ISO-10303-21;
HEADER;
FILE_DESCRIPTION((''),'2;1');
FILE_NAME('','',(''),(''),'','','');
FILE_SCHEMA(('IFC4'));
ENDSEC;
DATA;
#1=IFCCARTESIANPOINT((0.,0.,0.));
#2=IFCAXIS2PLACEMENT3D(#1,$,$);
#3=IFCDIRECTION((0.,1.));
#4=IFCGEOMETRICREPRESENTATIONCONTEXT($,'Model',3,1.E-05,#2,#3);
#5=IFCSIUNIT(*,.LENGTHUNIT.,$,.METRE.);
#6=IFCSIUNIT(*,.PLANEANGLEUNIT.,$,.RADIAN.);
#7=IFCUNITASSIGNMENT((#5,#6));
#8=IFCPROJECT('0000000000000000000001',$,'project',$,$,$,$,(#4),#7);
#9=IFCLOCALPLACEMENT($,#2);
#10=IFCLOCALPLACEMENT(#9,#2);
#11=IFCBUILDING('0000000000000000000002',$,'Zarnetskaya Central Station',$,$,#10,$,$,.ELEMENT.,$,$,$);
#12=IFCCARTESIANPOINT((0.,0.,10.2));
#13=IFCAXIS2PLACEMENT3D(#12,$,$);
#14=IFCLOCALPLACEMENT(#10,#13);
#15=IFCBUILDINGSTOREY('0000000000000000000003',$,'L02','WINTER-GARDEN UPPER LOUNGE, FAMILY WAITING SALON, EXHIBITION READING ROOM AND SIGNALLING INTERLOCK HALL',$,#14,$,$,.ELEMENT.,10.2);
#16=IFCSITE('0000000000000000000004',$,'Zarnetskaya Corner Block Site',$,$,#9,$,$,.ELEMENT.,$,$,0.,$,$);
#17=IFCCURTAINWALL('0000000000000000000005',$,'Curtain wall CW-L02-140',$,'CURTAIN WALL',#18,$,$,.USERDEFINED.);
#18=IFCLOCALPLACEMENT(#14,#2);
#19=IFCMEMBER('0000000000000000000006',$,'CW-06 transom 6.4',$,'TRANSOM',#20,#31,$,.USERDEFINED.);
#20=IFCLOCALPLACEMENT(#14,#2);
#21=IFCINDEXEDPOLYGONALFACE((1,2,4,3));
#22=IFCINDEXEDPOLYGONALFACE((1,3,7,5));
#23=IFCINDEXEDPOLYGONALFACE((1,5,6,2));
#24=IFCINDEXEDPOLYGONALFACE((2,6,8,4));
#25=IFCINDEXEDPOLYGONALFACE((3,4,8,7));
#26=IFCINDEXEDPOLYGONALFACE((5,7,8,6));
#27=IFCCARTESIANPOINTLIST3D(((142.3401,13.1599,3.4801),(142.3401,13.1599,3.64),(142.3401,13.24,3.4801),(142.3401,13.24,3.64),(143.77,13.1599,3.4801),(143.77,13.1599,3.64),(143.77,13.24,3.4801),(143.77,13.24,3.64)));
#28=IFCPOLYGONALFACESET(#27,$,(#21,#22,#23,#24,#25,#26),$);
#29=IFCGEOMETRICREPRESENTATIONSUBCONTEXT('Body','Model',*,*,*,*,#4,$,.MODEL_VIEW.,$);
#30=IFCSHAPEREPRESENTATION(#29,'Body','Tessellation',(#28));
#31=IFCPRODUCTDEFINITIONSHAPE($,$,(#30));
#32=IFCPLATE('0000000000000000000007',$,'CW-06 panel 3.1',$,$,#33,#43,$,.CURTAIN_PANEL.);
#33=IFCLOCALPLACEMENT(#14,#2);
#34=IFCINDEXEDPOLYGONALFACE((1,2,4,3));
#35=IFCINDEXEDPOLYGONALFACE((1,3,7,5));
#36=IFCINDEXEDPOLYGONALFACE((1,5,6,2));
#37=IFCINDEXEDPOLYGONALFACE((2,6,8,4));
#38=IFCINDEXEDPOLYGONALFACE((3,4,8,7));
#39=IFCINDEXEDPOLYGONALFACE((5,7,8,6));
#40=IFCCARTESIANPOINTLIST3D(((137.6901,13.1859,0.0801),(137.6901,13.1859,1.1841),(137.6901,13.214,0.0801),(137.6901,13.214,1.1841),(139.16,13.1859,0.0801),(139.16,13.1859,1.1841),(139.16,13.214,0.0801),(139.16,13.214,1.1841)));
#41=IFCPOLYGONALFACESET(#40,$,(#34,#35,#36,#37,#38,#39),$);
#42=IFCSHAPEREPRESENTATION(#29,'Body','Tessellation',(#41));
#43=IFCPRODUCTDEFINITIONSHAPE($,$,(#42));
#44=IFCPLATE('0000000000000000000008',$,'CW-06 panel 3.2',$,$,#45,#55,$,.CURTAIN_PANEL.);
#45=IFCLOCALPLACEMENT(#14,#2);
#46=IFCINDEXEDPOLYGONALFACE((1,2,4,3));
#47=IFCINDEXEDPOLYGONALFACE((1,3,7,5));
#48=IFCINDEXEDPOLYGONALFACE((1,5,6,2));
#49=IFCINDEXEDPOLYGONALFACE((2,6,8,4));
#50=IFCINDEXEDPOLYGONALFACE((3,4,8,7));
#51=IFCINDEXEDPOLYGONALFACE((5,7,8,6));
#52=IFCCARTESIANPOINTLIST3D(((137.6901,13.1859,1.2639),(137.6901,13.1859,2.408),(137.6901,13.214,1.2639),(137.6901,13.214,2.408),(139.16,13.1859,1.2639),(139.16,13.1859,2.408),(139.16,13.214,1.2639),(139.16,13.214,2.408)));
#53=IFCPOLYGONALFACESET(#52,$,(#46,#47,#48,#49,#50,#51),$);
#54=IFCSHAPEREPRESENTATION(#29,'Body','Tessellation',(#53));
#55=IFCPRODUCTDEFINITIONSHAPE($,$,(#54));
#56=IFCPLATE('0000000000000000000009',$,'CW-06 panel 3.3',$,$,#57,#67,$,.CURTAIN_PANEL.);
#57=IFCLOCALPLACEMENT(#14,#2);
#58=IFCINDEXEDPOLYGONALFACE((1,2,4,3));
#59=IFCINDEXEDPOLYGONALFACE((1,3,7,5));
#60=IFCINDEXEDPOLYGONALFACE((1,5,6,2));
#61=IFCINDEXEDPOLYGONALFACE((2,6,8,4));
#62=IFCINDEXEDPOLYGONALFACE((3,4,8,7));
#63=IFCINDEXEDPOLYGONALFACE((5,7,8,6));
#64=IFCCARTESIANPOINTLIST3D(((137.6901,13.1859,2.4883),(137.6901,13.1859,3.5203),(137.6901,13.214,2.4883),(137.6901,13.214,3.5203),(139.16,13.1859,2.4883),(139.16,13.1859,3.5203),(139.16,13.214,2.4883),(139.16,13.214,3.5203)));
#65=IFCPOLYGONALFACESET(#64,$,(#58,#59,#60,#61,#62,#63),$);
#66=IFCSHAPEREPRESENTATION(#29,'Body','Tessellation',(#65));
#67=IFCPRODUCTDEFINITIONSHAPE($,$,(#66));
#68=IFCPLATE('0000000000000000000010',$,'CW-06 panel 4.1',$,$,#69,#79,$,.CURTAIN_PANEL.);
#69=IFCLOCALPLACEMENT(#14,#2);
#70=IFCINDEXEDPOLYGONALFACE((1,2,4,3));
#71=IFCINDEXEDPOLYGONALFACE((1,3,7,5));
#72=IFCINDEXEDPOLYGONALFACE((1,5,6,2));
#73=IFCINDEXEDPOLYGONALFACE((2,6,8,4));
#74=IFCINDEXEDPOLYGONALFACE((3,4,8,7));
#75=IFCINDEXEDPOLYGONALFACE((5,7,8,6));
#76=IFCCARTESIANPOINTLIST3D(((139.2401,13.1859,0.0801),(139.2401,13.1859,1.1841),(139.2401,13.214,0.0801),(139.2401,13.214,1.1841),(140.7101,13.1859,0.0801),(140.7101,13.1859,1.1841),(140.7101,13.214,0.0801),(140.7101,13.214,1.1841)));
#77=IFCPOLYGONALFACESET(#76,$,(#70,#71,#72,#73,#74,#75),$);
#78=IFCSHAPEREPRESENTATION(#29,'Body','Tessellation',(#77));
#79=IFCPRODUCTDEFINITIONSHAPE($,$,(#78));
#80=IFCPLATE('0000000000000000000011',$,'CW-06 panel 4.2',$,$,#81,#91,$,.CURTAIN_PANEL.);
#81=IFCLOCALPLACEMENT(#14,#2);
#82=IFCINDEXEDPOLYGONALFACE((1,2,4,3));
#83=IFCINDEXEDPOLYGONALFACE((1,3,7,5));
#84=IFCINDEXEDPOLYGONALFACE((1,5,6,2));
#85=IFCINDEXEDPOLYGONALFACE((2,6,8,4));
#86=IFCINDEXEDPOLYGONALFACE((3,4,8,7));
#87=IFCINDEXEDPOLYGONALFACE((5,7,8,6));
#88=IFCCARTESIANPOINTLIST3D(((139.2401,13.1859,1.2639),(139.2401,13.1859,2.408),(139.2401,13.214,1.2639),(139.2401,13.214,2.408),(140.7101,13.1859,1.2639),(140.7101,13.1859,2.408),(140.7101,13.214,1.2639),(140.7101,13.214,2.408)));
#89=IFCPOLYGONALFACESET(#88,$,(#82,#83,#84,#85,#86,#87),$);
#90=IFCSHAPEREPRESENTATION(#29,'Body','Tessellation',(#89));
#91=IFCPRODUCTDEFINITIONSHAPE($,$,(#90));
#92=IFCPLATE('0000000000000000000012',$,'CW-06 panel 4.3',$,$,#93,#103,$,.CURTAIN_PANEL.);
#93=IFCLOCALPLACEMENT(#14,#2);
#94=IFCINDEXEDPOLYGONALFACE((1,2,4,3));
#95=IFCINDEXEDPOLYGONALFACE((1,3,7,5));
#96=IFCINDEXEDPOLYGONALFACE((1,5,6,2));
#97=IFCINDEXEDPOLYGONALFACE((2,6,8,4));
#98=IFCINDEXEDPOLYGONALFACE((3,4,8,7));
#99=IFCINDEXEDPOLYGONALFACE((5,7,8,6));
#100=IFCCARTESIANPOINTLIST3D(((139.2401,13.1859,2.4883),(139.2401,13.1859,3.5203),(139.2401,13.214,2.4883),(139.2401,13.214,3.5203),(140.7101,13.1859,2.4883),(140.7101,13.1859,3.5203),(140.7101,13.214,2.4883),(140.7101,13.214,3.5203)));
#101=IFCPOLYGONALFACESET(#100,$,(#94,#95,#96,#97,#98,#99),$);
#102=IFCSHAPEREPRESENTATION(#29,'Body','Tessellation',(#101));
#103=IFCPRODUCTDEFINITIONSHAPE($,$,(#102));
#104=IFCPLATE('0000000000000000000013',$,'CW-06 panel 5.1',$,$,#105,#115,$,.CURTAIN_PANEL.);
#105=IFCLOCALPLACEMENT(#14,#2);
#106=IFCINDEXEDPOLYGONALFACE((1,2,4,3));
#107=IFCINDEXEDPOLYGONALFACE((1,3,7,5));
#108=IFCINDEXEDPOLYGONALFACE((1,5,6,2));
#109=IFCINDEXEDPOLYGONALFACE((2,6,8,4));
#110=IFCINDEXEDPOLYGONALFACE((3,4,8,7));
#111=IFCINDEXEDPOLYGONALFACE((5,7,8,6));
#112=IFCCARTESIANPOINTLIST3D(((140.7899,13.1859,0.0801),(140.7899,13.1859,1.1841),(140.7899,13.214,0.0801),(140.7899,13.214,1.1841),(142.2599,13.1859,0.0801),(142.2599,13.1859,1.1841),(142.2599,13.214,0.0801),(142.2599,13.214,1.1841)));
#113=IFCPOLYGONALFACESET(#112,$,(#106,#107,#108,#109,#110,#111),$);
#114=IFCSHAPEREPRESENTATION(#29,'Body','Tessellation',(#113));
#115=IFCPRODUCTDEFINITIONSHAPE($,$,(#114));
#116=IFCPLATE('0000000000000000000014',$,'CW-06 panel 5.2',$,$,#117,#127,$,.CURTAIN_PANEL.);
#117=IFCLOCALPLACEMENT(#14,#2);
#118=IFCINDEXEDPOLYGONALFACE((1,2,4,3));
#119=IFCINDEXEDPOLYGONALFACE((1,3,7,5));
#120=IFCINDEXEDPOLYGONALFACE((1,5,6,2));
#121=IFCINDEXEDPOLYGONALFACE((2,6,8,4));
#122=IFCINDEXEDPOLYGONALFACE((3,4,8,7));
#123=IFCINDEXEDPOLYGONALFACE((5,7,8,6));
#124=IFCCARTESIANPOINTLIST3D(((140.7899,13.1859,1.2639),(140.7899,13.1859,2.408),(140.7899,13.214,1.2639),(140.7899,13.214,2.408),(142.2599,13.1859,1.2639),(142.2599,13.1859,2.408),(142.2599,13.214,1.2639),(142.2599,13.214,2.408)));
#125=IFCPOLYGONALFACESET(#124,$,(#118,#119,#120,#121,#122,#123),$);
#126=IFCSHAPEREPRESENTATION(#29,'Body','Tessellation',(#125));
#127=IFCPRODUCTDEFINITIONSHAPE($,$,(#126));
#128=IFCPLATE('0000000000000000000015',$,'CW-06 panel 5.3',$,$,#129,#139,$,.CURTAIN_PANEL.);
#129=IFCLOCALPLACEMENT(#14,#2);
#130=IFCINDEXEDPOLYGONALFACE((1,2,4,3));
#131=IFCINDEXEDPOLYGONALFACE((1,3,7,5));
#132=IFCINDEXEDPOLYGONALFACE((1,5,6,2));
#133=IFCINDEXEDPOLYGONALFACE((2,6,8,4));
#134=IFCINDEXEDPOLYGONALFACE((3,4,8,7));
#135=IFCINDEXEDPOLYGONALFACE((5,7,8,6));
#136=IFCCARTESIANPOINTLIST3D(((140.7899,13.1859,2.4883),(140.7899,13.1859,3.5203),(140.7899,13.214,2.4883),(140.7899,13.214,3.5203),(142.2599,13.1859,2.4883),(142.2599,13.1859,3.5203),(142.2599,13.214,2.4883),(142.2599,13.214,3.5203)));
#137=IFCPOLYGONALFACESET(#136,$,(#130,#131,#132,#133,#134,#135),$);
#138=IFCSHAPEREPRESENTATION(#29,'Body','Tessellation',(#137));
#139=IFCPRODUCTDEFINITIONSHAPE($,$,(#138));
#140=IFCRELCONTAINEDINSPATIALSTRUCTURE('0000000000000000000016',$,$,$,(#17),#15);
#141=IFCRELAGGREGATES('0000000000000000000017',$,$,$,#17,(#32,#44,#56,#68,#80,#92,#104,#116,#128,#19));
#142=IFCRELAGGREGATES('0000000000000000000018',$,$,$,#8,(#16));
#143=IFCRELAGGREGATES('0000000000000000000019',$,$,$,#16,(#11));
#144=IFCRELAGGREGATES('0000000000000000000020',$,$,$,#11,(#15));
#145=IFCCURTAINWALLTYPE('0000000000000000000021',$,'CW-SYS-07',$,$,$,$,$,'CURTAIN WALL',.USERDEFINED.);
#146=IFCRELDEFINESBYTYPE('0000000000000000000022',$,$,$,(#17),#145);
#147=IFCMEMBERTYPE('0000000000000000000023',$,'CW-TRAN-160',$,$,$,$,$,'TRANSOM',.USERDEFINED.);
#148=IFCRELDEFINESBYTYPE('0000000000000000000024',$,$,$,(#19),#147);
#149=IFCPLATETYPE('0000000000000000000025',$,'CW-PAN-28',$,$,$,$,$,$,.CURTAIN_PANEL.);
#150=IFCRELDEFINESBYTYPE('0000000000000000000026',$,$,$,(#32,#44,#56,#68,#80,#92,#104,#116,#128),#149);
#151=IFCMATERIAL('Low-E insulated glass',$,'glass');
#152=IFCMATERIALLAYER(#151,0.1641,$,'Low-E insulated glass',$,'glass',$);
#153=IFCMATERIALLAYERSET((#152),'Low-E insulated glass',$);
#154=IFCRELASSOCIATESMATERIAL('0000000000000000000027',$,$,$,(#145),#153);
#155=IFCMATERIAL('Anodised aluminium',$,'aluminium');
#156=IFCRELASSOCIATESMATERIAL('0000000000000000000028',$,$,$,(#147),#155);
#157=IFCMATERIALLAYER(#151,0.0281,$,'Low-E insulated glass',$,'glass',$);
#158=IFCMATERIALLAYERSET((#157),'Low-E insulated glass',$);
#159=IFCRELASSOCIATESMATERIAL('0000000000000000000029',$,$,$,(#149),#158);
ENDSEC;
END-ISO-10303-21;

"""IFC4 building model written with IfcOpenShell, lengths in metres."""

from ifc_helpers import new_model, si_unit, direction, frame, origin, origin_2d, place, context, subcontext, project, spatial, rectangle, extrude, material, layer, layer_set, material_profile, profile_set, type_object, element, aggregate, save


model = new_model("IFC4")

# Units and contexts
model_context = context("Model", 3, precision=1e-05, world=origin(), true_north=direction((0.0, 1.0)))
body_context = subcontext(model_context, "Body", "Model", "MODEL_VIEW")
ifc_project = project(units=[si_unit("LENGTHUNIT", "METRE"), si_unit("PLANEANGLEUNIT", "RADIAN")], contexts=[model_context])

# Site, building, storey
site_placement = place(None, origin())
site = spatial("IfcSite", under=ifc_project, at=site_placement, Name="Zarnetskaya Corner Block Site", CompositionType="ELEMENT", RefElevation=0.0)
building_placement = place(site_placement, origin())
building = spatial("IfcBuilding", under=site, at=building_placement, Name="Zarnetskaya Central Station", CompositionType="ELEMENT")
storey_placement = place(building_placement, frame((0.0, 0.0, 10.2)))
storey = spatial("IfcBuildingStorey", under=building, at=storey_placement, Name="L02", Description="WINTER-GARDEN UPPER LOUNGE, FAMILY WAITING SALON, EXHIBITION READING ROOM AND SIGNALLING INTERLOCK HALL", CompositionType="ELEMENT", Elevation=10.2)

# Curtain wall, member, plates
ifc_material_1 = material(Name="Low-E insulated glass", Category="glass")
ifc_layer_1 = layer(ifc_material_1, 0.1641, Name="Low-E insulated glass", Category="glass")
ifc_layer_set_1 = layer_set([ifc_layer_1], Name="Low-E insulated glass")
curtain_wall_type = type_object("IfcCurtainWallType", Name="CW-SYS-07", ElementType="CURTAIN WALL", PredefinedType="USERDEFINED", material=ifc_layer_set_1)
curtain_wall_placement = place(storey_placement, origin())
curtain_wall = element("IfcCurtainWall", 1, at=curtain_wall_placement, inside=storey, type_object=curtain_wall_type, Name="Curtain wall CW-L02-140", ObjectType="CURTAIN WALL", PredefinedType="USERDEFINED")
ifc_material_2 = material(Name="Anodised aluminium", Category="aluminium")
ifc_material_profile_1 = material_profile(ifc_material_2, rectangle(XDim=0.0801, YDim=0.1599, at=origin_2d()), Name="ALU TRAN 80x160")
ifc_profile_set_1 = profile_set([ifc_material_profile_1], Name="Anodised aluminium")
member_type_1 = type_object("IfcMemberType", Name="CW-TRAN-160", ElementType="TRANSOM", PredefinedType="USERDEFINED", material=ifc_profile_set_1)
member_1_placement = place(storey_placement, frame((142.3401, 13.2, 3.5601), z_axis=(1.0, 0.0, 0.0), x_axis=(0.0, 1.0, 0.0)))
member_1 = element("IfcMember", 2, at=member_1_placement, type_object=member_type_1, Name="CW-06 transom 6.4", ObjectType="TRANSOM", PredefinedType="USERDEFINED", context=body_context, shape_type="SweptSolid", body=[
    extrude(rectangle(XDim=0.0801, YDim=0.1599, at=origin_2d()), origin(), (0.0, 0.0, 1.0), 1.4299),
])
ifc_layer_2 = layer(ifc_material_1, 0.0281, Name="Low-E insulated glass", Category="glass")
ifc_layer_set_2 = layer_set([ifc_layer_2], Name="Low-E insulated glass")
plate_type = type_object("IfcPlateType", Name="CW-PAN-28", PredefinedType="CURTAIN_PANEL", material=ifc_layer_set_2)
plate_1_placement = place(storey_placement, frame((138.425, 13.2, 0.0801), z_axis=(0.0, 0.0, 1.0), x_axis=(1.0, 0.0, 0.0)))
plate_1 = element("IfcPlate", 3, at=plate_1_placement, type_object=plate_type, Name="CW-06 panel 3.1", PredefinedType="CURTAIN_PANEL", context=body_context, shape_type="SweptSolid", body=[
    extrude(rectangle(XDim=1.47, YDim=0.0281, at=origin_2d()), origin(), (0.0, 0.0, 1.0), 1.104),
])
plate_2_placement = place(storey_placement, frame((138.425, 13.2, 1.2639), z_axis=(0.0, 0.0, 1.0), x_axis=(1.0, 0.0, 0.0)))
plate_2 = element("IfcPlate", 4, at=plate_2_placement, type_object=plate_type, Name="CW-06 panel 3.2", PredefinedType="CURTAIN_PANEL", context=body_context, shape_type="SweptSolid", body=[
    extrude(rectangle(XDim=1.47, YDim=0.0281, at=origin_2d()), origin(), (0.0, 0.0, 1.0), 1.144),
])
plate_3_placement = place(storey_placement, frame((138.425, 13.2, 2.4883), z_axis=(0.0, 0.0, 1.0), x_axis=(1.0, 0.0, 0.0)))
plate_3 = element("IfcPlate", 5, at=plate_3_placement, type_object=plate_type, Name="CW-06 panel 3.3", PredefinedType="CURTAIN_PANEL", context=body_context, shape_type="SweptSolid", body=[
    extrude(rectangle(XDim=1.47, YDim=0.0281, at=origin_2d()), origin(), (0.0, 0.0, 1.0), 1.032),
])
plate_4_placement = place(storey_placement, frame((139.9751, 13.2, 0.0801), z_axis=(0.0, 0.0, 1.0), x_axis=(1.0, 0.0, 0.0)))
plate_4 = element("IfcPlate", 6, at=plate_4_placement, type_object=plate_type, Name="CW-06 panel 4.1", PredefinedType="CURTAIN_PANEL", context=body_context, shape_type="SweptSolid", body=[
    extrude(rectangle(XDim=1.47, YDim=0.0281, at=origin_2d()), origin(), (0.0, 0.0, 1.0), 1.104),
])
plate_5_placement = place(storey_placement, frame((139.9751, 13.2, 1.2639), z_axis=(0.0, 0.0, 1.0), x_axis=(1.0, 0.0, 0.0)))
plate_5 = element("IfcPlate", 7, at=plate_5_placement, type_object=plate_type, Name="CW-06 panel 4.2", PredefinedType="CURTAIN_PANEL", context=body_context, shape_type="SweptSolid", body=[
    extrude(rectangle(XDim=1.47, YDim=0.0281, at=origin_2d()), origin(), (0.0, 0.0, 1.0), 1.144),
])
plate_6_placement = place(storey_placement, frame((139.9751, 13.2, 2.4883), z_axis=(0.0, 0.0, 1.0), x_axis=(1.0, 0.0, 0.0)))
plate_6 = element("IfcPlate", 8, at=plate_6_placement, type_object=plate_type, Name="CW-06 panel 4.3", PredefinedType="CURTAIN_PANEL", context=body_context, shape_type="SweptSolid", body=[
    extrude(rectangle(XDim=1.47, YDim=0.0281, at=origin_2d()), origin(), (0.0, 0.0, 1.0), 1.032),
])
plate_7_placement = place(storey_placement, frame((141.5249, 13.2, 0.0801), z_axis=(0.0, 0.0, 1.0), x_axis=(1.0, 0.0, 0.0)))
plate_7 = element("IfcPlate", 9, at=plate_7_placement, type_object=plate_type, Name="CW-06 panel 5.1", PredefinedType="CURTAIN_PANEL", context=body_context, shape_type="SweptSolid", body=[
    extrude(rectangle(XDim=1.47, YDim=0.0281, at=origin_2d()), origin(), (0.0, 0.0, 1.0), 1.104),
])
plate_8_placement = place(storey_placement, frame((141.5249, 13.2, 1.2639), z_axis=(0.0, 0.0, 1.0), x_axis=(1.0, 0.0, 0.0)))
plate_8 = element("IfcPlate", 10, at=plate_8_placement, type_object=plate_type, Name="CW-06 panel 5.2", PredefinedType="CURTAIN_PANEL", context=body_context, shape_type="SweptSolid", body=[
    extrude(rectangle(XDim=1.47, YDim=0.0281, at=origin_2d()), origin(), (0.0, 0.0, 1.0), 1.144),
])
plate_9_placement = place(storey_placement, frame((141.5249, 13.2, 2.4883), z_axis=(0.0, 0.0, 1.0), x_axis=(1.0, 0.0, 0.0)))
plate_9 = element("IfcPlate", 11, at=plate_9_placement, type_object=plate_type, Name="CW-06 panel 5.3", PredefinedType="CURTAIN_PANEL", context=body_context, shape_type="SweptSolid", body=[
    extrude(rectangle(XDim=1.47, YDim=0.0281, at=origin_2d()), origin(), (0.0, 0.0, 1.0), 1.032),
])
aggregate(curtain_wall, [plate_1, plate_2, plate_3, plate_4, plate_5, plate_6, plate_7, plate_8, plate_9, member_1])

save(model, "model.ifc")
